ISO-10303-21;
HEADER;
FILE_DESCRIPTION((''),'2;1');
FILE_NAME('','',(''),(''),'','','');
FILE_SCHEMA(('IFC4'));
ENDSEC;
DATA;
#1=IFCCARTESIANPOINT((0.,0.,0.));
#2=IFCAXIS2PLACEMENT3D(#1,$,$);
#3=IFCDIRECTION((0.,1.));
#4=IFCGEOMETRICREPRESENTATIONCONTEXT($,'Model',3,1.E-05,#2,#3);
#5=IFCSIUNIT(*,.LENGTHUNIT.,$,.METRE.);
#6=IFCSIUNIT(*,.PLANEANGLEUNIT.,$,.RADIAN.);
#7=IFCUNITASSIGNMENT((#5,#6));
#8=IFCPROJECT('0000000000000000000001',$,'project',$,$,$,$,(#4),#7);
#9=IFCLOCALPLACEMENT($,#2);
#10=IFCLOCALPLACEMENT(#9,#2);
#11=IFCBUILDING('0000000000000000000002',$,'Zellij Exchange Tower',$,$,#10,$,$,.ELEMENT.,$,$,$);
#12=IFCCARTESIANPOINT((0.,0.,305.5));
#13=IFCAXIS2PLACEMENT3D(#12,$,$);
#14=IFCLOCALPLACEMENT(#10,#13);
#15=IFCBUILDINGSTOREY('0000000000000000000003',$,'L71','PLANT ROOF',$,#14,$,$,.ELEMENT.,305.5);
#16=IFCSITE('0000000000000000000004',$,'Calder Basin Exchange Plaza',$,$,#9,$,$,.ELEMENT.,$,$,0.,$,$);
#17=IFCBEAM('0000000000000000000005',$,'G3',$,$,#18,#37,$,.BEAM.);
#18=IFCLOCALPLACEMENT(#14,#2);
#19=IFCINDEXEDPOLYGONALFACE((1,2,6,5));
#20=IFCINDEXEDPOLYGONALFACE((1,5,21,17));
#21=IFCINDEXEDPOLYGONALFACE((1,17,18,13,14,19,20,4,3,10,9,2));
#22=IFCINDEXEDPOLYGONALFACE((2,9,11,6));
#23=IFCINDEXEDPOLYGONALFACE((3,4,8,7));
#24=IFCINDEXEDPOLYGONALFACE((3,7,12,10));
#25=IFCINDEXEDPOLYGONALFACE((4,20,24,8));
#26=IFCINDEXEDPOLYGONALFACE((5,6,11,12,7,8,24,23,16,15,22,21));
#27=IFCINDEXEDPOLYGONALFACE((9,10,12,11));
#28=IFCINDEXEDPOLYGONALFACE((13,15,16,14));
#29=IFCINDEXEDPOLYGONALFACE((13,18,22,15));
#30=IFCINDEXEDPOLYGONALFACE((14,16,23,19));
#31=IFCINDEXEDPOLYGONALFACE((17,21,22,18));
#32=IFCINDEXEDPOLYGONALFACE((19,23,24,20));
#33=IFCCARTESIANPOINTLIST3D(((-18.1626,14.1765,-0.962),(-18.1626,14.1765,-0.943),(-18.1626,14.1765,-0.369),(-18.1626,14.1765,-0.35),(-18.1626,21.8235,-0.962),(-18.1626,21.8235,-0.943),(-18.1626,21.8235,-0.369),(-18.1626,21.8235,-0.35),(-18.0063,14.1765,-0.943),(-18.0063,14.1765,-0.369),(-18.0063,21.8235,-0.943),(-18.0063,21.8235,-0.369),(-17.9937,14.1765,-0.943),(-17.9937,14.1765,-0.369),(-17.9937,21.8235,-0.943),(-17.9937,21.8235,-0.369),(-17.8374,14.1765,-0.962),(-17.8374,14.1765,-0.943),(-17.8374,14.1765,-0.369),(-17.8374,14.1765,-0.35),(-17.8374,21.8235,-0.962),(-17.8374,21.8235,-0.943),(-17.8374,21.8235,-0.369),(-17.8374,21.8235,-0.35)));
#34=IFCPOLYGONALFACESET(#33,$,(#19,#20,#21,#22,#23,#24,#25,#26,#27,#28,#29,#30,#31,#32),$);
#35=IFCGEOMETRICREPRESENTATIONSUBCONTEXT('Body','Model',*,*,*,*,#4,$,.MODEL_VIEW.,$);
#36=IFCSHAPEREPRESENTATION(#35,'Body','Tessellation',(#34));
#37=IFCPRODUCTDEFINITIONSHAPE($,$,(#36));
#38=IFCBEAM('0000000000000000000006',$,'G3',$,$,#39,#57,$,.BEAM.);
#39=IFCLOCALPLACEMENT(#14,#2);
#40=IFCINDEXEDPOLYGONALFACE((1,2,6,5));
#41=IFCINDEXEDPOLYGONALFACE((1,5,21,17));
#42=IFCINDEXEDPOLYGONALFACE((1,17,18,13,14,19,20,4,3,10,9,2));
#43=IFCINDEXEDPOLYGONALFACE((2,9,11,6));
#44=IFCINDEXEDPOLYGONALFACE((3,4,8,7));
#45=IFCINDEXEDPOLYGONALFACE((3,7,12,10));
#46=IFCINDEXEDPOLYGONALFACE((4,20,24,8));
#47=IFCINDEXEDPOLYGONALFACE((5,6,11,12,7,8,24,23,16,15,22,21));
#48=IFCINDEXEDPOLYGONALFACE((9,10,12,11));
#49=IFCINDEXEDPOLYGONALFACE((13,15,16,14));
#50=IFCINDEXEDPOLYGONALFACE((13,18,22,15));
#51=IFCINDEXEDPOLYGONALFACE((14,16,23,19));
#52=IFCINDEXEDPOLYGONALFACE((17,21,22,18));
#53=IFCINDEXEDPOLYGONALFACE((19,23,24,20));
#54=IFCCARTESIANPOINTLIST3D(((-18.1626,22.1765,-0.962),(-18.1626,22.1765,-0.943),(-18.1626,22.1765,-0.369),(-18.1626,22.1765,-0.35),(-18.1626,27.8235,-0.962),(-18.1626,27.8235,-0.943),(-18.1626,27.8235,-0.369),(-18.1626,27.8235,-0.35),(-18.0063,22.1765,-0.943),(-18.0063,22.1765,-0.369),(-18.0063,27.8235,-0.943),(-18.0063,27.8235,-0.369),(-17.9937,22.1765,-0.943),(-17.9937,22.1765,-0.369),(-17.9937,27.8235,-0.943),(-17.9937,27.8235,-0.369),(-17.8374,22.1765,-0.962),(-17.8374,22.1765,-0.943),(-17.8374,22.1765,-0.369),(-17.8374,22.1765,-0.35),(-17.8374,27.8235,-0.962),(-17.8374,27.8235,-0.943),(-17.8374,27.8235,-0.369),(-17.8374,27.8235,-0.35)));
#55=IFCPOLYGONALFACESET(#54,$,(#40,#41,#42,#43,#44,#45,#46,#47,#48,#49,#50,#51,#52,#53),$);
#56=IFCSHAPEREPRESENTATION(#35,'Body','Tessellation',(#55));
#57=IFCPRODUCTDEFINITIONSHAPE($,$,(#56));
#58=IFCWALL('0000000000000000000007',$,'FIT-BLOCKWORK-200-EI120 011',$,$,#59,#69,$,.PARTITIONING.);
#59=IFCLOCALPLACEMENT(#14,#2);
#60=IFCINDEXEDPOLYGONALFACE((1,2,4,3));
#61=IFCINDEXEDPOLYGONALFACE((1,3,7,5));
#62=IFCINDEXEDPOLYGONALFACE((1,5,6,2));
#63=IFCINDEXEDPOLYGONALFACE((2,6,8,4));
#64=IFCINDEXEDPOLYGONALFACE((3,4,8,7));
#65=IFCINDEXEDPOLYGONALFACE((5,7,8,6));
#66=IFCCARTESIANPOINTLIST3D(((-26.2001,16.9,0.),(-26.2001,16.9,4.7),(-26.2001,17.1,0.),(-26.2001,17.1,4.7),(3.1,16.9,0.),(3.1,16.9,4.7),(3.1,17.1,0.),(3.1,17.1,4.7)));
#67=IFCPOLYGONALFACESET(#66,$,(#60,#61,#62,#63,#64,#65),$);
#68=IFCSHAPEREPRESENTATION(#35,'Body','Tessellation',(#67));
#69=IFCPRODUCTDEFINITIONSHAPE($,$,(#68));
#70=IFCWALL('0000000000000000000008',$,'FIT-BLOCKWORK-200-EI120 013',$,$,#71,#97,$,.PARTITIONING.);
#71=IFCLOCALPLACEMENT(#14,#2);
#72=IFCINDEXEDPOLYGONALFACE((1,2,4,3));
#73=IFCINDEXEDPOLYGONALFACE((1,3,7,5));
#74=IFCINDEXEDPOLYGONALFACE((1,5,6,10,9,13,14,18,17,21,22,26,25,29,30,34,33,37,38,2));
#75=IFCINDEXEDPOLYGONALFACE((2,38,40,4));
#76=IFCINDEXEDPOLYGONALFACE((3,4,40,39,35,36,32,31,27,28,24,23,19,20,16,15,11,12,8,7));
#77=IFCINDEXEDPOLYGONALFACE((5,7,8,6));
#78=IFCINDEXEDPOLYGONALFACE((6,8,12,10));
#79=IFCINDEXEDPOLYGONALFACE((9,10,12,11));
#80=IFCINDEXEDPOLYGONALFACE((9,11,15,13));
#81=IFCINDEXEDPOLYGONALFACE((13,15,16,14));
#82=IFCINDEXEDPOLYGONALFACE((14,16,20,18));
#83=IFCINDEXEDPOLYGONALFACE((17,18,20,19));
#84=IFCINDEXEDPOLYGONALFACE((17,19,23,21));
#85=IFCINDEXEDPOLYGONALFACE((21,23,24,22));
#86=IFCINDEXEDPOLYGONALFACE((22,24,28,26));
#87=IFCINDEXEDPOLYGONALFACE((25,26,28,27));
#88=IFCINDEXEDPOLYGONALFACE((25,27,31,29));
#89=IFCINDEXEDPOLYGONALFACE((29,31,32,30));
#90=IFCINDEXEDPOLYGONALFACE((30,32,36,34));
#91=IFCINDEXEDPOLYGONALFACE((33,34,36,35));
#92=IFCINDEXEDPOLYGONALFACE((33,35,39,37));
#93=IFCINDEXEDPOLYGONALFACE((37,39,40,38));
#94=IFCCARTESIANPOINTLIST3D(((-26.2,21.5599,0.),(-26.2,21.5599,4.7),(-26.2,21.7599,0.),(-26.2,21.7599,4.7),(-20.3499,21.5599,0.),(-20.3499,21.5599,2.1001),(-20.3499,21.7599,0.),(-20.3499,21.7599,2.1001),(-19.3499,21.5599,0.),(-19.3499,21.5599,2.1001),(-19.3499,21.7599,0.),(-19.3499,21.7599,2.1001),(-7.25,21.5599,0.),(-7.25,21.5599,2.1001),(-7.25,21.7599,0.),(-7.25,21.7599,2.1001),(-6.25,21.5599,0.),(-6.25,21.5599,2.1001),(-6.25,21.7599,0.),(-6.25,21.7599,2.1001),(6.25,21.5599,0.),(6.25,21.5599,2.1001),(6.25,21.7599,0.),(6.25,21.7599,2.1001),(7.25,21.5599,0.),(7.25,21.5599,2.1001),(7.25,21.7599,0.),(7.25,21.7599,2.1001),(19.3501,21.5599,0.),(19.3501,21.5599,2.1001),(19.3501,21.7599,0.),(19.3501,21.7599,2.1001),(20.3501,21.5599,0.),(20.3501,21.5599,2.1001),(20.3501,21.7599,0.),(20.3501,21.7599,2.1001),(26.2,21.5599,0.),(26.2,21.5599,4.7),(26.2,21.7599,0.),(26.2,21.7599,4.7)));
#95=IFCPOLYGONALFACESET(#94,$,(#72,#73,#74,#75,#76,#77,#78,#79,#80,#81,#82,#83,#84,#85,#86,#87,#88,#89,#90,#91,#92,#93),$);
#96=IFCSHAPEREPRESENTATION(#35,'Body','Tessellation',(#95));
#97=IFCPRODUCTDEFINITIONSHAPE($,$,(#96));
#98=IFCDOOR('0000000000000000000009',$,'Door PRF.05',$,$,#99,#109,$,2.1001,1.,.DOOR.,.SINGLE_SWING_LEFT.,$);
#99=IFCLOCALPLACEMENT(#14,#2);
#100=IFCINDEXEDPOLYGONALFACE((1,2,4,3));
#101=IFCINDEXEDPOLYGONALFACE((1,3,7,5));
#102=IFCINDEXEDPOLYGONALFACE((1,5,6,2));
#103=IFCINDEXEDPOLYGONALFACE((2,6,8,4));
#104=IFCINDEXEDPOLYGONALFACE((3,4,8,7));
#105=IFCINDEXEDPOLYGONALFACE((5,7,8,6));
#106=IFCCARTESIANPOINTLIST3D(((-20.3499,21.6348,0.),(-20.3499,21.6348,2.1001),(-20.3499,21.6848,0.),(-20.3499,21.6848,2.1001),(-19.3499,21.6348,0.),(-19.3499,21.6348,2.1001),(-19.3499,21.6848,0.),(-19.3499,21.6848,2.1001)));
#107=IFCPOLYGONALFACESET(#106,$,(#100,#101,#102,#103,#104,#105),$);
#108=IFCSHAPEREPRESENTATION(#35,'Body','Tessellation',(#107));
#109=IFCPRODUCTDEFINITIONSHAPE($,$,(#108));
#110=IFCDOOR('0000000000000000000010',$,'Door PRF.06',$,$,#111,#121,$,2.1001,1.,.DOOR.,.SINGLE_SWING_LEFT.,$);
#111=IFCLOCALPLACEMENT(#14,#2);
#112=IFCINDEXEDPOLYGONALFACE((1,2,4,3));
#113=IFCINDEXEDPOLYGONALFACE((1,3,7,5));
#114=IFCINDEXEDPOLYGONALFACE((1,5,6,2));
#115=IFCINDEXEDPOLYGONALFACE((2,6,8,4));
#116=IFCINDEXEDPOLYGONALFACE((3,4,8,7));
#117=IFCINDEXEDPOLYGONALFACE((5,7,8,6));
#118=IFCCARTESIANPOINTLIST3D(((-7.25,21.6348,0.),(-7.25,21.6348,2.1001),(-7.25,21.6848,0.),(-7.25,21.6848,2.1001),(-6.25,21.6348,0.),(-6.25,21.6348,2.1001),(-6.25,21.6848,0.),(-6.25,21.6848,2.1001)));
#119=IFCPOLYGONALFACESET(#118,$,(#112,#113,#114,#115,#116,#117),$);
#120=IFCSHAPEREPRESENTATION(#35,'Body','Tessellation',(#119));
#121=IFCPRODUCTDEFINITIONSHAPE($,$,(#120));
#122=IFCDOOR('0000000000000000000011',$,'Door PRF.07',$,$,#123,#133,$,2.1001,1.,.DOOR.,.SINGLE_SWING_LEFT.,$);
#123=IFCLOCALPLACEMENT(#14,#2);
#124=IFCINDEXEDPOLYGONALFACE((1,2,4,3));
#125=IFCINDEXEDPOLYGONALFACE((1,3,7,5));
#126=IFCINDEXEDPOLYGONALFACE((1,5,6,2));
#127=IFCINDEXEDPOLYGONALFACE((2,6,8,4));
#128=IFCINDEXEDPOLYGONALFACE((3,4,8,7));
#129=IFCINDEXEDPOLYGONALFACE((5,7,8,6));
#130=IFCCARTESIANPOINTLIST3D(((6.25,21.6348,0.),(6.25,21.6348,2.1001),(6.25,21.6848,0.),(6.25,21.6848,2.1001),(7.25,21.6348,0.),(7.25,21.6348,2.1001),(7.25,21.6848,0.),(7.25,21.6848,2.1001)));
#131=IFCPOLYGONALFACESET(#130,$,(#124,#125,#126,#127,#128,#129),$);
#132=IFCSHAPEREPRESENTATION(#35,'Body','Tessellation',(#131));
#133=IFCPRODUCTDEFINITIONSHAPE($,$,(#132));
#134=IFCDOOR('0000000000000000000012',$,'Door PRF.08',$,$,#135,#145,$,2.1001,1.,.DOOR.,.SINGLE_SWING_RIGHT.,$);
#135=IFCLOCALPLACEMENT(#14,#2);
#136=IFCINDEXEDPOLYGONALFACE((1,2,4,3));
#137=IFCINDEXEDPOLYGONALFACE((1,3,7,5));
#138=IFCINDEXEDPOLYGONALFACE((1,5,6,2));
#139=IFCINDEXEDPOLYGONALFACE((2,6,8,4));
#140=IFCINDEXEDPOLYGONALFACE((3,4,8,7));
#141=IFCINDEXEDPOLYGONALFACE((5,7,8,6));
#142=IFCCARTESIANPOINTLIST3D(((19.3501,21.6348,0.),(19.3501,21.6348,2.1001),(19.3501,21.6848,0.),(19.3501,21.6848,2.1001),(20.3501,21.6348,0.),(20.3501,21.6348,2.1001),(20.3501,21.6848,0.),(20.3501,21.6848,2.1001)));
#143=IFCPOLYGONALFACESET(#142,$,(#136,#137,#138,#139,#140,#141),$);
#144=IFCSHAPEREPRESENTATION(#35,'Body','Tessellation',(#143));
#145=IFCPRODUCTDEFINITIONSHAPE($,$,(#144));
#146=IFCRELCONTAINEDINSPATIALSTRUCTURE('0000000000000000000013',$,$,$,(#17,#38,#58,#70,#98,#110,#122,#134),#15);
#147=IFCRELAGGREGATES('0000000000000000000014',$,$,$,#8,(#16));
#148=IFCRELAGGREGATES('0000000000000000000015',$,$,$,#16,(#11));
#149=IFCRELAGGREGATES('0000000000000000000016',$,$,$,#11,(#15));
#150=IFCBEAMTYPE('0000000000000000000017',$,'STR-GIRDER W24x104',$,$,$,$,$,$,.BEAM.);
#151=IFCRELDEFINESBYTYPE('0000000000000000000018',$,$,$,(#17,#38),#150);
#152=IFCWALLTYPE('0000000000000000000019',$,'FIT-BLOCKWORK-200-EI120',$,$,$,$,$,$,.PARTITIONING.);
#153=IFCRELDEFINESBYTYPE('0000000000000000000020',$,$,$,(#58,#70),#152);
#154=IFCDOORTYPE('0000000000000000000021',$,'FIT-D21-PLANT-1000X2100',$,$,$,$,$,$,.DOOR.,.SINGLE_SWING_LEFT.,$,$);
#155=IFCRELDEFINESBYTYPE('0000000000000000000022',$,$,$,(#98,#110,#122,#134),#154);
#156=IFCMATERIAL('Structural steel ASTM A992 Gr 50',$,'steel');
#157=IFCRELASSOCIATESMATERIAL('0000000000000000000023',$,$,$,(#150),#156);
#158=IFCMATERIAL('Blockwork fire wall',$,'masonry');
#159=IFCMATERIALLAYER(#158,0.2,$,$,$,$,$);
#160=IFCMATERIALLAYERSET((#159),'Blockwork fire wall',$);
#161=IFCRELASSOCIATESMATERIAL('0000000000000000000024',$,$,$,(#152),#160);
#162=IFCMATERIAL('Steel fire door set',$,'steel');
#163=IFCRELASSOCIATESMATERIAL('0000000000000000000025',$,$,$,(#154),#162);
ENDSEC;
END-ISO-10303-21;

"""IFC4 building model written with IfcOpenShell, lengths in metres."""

from ifc_helpers import new_model, si_unit, direction, frame, frame_2d, origin, origin_2d, place, context, subcontext, project, spatial, rectangle, i_section, extrude, material, layer, layer_set, material_profile, profile_set, type_object, element, fill, save


model = new_model("IFC4")

# Units and contexts
model_context = context("Model", 3, precision=1e-05, world=origin(), true_north=direction((0.0, 1.0)))
body_context = subcontext(model_context, "Body", "Model", "MODEL_VIEW")
ifc_project = project(units=[si_unit("LENGTHUNIT", "METRE"), si_unit("PLANEANGLEUNIT", "RADIAN")], contexts=[model_context])

# Site, building, storey
site_placement = place(None, origin())
site = spatial("IfcSite", under=ifc_project, at=site_placement, Name="Calder Basin Exchange Plaza", CompositionType="ELEMENT", RefElevation=0.0)
building_placement = place(site_placement, origin())
building = spatial("IfcBuilding", under=site, at=building_placement, Name="Zellij Exchange Tower", CompositionType="ELEMENT")
storey_placement = place(building_placement, frame((0.0, 0.0, 305.5)))
storey = spatial("IfcBuildingStorey", under=building, at=storey_placement, Name="L71", Description="PLANT ROOF", CompositionType="ELEMENT", Elevation=305.5)

# Shared definitions
ifc_material_1 = material(Name="Structural steel ASTM A992 Gr 50", Category="steel")

# Beams
ifc_material_profile_1 = material_profile(ifc_material_1, i_section(OverallWidth=0.3252, OverallDepth=0.6121, WebThickness=0.0127, FlangeThickness=0.019, at=origin_2d()), Name="W24x104")
ifc_profile_set_1 = profile_set([ifc_material_profile_1], Name="Structural steel ASTM A992 Gr 50")
beam_type = type_object("IfcBeamType", Name="STR-GIRDER W24x104", PredefinedType="BEAM", material=ifc_profile_set_1)
beam_1_placement = place(storey_placement, frame((-18.0, 14.1765, -0.656), z_axis=(0.0, 1.0, 0.0), x_axis=(-1.0, 0.0, 0.0)))
element("IfcBeam", 1, at=beam_1_placement, inside=storey, type_object=beam_type, Name="G3", PredefinedType="BEAM", context=body_context, shape_type="SweptSolid", body=[
    extrude(i_section(OverallWidth=0.3252, OverallDepth=0.6121, WebThickness=0.0127, FlangeThickness=0.019, at=origin_2d()), origin(), (0.0, 0.0, 1.0), 7.647),
])
beam_2_placement = place(storey_placement, frame((-18.0, 22.1765, -0.656), z_axis=(0.0, 1.0, 0.0), x_axis=(-1.0, 0.0, 0.0)))
element("IfcBeam", 2, at=beam_2_placement, inside=storey, type_object=beam_type, Name="G3", PredefinedType="BEAM", context=body_context, shape_type="SweptSolid", body=[
    extrude(i_section(OverallWidth=0.3252, OverallDepth=0.6121, WebThickness=0.0127, FlangeThickness=0.019, at=origin_2d()), origin(), (0.0, 0.0, 1.0), 5.647),
])

# Wall
ifc_material_2 = material(Name="Blockwork fire wall", Category="masonry")
ifc_layer_1 = layer(ifc_material_2, 0.2)
ifc_layer_set_1 = layer_set([ifc_layer_1], Name="Blockwork fire wall")
wall_type = type_object("IfcWallType", Name="FIT-BLOCKWORK-200-EI120", PredefinedType="PARTITIONING", material=ifc_layer_set_1)
wall_1_placement = place(storey_placement, frame((-26.2, 17.0, 0.0), z_axis=(0.0, 0.0, 1.0), x_axis=(1.0, 0.0, 0.0)))
element("IfcWall", 3, at=wall_1_placement, inside=storey, type_object=wall_type, Name="FIT-BLOCKWORK-200-EI120 011", PredefinedType="PARTITIONING", context=body_context, shape_type="SweptSolid", body=[
    extrude(rectangle(XDim=29.3, YDim=0.2, at=frame_2d((14.6499, 0.0))), origin(), (0.0, 0.0, 1.0), 4.7),
])

# Wall, openings, doors
wall_2_placement = place(storey_placement, frame((-26.2, 21.6599, 0.0), z_axis=(0.0, 0.0, 1.0), x_axis=(1.0, 0.0, 0.0)))
wall_2 = element("IfcWall", 4, at=wall_2_placement, inside=storey, type_object=wall_type, Name="FIT-BLOCKWORK-200-EI120 013", PredefinedType="PARTITIONING", context=body_context, shape_type="SweptSolid", body=[
    extrude(rectangle(XDim=52.3999, YDim=0.2, at=frame_2d((26.2, 0.0))), origin(), (0.0, 0.0, 1.0), 4.7),
])
opening_1_placement = place(wall_2_placement, frame((5.8501, 0.0, 0.0)))
opening_1 = element("IfcOpeningElement", 5, at=opening_1_placement, cuts=wall_2, PredefinedType="OPENING", context=body_context, shape_type="SweptSolid", body=[
    extrude(rectangle(XDim=1.0, YDim=2.1001, at=frame_2d((0.5, 1.05))), frame((0.0, 0.1118, 0.0), z_axis=(0.0, -1.0, 0.0), x_axis=(1.0, 0.0, 0.0)), (0.0, 0.0, 1.0), 0.2239),
])
opening_2_placement = place(wall_2_placement, frame((18.95, 0.0, 0.0)))
opening_2 = element("IfcOpeningElement", 6, at=opening_2_placement, cuts=wall_2, PredefinedType="OPENING", context=body_context, shape_type="SweptSolid", body=[
    extrude(rectangle(XDim=1.0, YDim=2.1001, at=frame_2d((0.5, 1.05))), frame((0.0, 0.1118, 0.0), z_axis=(0.0, -1.0, 0.0), x_axis=(1.0, 0.0, 0.0)), (0.0, 0.0, 1.0), 0.2239),
])
opening_3_placement = place(wall_2_placement, frame((32.45, 0.0, 0.0)))
opening_3 = element("IfcOpeningElement", 7, at=opening_3_placement, cuts=wall_2, PredefinedType="OPENING", context=body_context, shape_type="SweptSolid", body=[
    extrude(rectangle(XDim=1.0, YDim=2.1001, at=frame_2d((0.5, 1.05))), frame((0.0, 0.1118, 0.0), z_axis=(0.0, -1.0, 0.0), x_axis=(1.0, 0.0, 0.0)), (0.0, 0.0, 1.0), 0.2239),
])
opening_4_placement = place(wall_2_placement, frame((45.55, 0.0, 0.0)))
opening_4 = element("IfcOpeningElement", 8, at=opening_4_placement, cuts=wall_2, PredefinedType="OPENING", context=body_context, shape_type="SweptSolid", body=[
    extrude(rectangle(XDim=1.0, YDim=2.1001, at=frame_2d((0.5, 1.05))), frame((0.0, 0.1118, 0.0), z_axis=(0.0, -1.0, 0.0), x_axis=(1.0, 0.0, 0.0)), (0.0, 0.0, 1.0), 0.2239),
])
ifc_material_3 = material(Name="Steel fire door set", Category="steel")
door_type = type_object("IfcDoorType", Name="FIT-D21-PLANT-1000X2100", OperationType="SINGLE_SWING_LEFT", PredefinedType="DOOR", material=ifc_material_3)
door_1_placement = place(opening_1_placement, origin())
door_1 = element("IfcDoor", 9, at=door_1_placement, inside=storey, type_object=door_type, Name="Door PRF.05", OperationType="SINGLE_SWING_LEFT", OverallHeight=2.1001, OverallWidth=1.0, PredefinedType="DOOR", context=body_context, shape_type="SweptSolid", body=[
    extrude(rectangle(XDim=1.0, YDim=2.1001, at=frame_2d((0.5, 1.05))), frame((0.0, 0.0249, 0.0), z_axis=(0.0, -1.0, 0.0), x_axis=(1.0, 0.0, 0.0)), (0.0, 0.0, 1.0), 0.05),
])
fill(opening_1, door_1)
door_2_placement = place(opening_2_placement, origin())
door_2 = element("IfcDoor", 10, at=door_2_placement, inside=storey, type_object=door_type, Name="Door PRF.06", OperationType="SINGLE_SWING_LEFT", OverallHeight=2.1001, OverallWidth=1.0, PredefinedType="DOOR", context=body_context, shape_type="SweptSolid", body=[
    extrude(rectangle(XDim=1.0, YDim=2.1001, at=frame_2d((0.5, 1.05))), frame((0.0, 0.0249, 0.0), z_axis=(0.0, -1.0, 0.0), x_axis=(1.0, 0.0, 0.0)), (0.0, 0.0, 1.0), 0.05),
])
fill(opening_2, door_2)
door_3_placement = place(opening_3_placement, origin())
door_3 = element("IfcDoor", 11, at=door_3_placement, inside=storey, type_object=door_type, Name="Door PRF.07", OperationType="SINGLE_SWING_LEFT", OverallHeight=2.1001, OverallWidth=1.0, PredefinedType="DOOR", context=body_context, shape_type="SweptSolid", body=[
    extrude(rectangle(XDim=1.0, YDim=2.1001, at=frame_2d((0.5, 1.05))), frame((0.0, 0.0249, 0.0), z_axis=(0.0, -1.0, 0.0), x_axis=(1.0, 0.0, 0.0)), (0.0, 0.0, 1.0), 0.05),
])
fill(opening_3, door_3)
door_4_placement = place(opening_4_placement, origin())
door_4 = element("IfcDoor", 12, at=door_4_placement, inside=storey, type_object=door_type, Name="Door PRF.08", OperationType="SINGLE_SWING_RIGHT", OverallHeight=2.1001, OverallWidth=1.0, PredefinedType="DOOR", context=body_context, shape_type="SweptSolid", body=[
    extrude(rectangle(XDim=1.0, YDim=2.1001, at=frame_2d((0.5, 1.05))), frame((0.0, 0.0249, 0.0), z_axis=(0.0, -1.0, 0.0), x_axis=(1.0, 0.0, 0.0)), (0.0, 0.0, 1.0), 0.05),
])
fill(opening_4, door_4)

save(model, "model.ifc")
